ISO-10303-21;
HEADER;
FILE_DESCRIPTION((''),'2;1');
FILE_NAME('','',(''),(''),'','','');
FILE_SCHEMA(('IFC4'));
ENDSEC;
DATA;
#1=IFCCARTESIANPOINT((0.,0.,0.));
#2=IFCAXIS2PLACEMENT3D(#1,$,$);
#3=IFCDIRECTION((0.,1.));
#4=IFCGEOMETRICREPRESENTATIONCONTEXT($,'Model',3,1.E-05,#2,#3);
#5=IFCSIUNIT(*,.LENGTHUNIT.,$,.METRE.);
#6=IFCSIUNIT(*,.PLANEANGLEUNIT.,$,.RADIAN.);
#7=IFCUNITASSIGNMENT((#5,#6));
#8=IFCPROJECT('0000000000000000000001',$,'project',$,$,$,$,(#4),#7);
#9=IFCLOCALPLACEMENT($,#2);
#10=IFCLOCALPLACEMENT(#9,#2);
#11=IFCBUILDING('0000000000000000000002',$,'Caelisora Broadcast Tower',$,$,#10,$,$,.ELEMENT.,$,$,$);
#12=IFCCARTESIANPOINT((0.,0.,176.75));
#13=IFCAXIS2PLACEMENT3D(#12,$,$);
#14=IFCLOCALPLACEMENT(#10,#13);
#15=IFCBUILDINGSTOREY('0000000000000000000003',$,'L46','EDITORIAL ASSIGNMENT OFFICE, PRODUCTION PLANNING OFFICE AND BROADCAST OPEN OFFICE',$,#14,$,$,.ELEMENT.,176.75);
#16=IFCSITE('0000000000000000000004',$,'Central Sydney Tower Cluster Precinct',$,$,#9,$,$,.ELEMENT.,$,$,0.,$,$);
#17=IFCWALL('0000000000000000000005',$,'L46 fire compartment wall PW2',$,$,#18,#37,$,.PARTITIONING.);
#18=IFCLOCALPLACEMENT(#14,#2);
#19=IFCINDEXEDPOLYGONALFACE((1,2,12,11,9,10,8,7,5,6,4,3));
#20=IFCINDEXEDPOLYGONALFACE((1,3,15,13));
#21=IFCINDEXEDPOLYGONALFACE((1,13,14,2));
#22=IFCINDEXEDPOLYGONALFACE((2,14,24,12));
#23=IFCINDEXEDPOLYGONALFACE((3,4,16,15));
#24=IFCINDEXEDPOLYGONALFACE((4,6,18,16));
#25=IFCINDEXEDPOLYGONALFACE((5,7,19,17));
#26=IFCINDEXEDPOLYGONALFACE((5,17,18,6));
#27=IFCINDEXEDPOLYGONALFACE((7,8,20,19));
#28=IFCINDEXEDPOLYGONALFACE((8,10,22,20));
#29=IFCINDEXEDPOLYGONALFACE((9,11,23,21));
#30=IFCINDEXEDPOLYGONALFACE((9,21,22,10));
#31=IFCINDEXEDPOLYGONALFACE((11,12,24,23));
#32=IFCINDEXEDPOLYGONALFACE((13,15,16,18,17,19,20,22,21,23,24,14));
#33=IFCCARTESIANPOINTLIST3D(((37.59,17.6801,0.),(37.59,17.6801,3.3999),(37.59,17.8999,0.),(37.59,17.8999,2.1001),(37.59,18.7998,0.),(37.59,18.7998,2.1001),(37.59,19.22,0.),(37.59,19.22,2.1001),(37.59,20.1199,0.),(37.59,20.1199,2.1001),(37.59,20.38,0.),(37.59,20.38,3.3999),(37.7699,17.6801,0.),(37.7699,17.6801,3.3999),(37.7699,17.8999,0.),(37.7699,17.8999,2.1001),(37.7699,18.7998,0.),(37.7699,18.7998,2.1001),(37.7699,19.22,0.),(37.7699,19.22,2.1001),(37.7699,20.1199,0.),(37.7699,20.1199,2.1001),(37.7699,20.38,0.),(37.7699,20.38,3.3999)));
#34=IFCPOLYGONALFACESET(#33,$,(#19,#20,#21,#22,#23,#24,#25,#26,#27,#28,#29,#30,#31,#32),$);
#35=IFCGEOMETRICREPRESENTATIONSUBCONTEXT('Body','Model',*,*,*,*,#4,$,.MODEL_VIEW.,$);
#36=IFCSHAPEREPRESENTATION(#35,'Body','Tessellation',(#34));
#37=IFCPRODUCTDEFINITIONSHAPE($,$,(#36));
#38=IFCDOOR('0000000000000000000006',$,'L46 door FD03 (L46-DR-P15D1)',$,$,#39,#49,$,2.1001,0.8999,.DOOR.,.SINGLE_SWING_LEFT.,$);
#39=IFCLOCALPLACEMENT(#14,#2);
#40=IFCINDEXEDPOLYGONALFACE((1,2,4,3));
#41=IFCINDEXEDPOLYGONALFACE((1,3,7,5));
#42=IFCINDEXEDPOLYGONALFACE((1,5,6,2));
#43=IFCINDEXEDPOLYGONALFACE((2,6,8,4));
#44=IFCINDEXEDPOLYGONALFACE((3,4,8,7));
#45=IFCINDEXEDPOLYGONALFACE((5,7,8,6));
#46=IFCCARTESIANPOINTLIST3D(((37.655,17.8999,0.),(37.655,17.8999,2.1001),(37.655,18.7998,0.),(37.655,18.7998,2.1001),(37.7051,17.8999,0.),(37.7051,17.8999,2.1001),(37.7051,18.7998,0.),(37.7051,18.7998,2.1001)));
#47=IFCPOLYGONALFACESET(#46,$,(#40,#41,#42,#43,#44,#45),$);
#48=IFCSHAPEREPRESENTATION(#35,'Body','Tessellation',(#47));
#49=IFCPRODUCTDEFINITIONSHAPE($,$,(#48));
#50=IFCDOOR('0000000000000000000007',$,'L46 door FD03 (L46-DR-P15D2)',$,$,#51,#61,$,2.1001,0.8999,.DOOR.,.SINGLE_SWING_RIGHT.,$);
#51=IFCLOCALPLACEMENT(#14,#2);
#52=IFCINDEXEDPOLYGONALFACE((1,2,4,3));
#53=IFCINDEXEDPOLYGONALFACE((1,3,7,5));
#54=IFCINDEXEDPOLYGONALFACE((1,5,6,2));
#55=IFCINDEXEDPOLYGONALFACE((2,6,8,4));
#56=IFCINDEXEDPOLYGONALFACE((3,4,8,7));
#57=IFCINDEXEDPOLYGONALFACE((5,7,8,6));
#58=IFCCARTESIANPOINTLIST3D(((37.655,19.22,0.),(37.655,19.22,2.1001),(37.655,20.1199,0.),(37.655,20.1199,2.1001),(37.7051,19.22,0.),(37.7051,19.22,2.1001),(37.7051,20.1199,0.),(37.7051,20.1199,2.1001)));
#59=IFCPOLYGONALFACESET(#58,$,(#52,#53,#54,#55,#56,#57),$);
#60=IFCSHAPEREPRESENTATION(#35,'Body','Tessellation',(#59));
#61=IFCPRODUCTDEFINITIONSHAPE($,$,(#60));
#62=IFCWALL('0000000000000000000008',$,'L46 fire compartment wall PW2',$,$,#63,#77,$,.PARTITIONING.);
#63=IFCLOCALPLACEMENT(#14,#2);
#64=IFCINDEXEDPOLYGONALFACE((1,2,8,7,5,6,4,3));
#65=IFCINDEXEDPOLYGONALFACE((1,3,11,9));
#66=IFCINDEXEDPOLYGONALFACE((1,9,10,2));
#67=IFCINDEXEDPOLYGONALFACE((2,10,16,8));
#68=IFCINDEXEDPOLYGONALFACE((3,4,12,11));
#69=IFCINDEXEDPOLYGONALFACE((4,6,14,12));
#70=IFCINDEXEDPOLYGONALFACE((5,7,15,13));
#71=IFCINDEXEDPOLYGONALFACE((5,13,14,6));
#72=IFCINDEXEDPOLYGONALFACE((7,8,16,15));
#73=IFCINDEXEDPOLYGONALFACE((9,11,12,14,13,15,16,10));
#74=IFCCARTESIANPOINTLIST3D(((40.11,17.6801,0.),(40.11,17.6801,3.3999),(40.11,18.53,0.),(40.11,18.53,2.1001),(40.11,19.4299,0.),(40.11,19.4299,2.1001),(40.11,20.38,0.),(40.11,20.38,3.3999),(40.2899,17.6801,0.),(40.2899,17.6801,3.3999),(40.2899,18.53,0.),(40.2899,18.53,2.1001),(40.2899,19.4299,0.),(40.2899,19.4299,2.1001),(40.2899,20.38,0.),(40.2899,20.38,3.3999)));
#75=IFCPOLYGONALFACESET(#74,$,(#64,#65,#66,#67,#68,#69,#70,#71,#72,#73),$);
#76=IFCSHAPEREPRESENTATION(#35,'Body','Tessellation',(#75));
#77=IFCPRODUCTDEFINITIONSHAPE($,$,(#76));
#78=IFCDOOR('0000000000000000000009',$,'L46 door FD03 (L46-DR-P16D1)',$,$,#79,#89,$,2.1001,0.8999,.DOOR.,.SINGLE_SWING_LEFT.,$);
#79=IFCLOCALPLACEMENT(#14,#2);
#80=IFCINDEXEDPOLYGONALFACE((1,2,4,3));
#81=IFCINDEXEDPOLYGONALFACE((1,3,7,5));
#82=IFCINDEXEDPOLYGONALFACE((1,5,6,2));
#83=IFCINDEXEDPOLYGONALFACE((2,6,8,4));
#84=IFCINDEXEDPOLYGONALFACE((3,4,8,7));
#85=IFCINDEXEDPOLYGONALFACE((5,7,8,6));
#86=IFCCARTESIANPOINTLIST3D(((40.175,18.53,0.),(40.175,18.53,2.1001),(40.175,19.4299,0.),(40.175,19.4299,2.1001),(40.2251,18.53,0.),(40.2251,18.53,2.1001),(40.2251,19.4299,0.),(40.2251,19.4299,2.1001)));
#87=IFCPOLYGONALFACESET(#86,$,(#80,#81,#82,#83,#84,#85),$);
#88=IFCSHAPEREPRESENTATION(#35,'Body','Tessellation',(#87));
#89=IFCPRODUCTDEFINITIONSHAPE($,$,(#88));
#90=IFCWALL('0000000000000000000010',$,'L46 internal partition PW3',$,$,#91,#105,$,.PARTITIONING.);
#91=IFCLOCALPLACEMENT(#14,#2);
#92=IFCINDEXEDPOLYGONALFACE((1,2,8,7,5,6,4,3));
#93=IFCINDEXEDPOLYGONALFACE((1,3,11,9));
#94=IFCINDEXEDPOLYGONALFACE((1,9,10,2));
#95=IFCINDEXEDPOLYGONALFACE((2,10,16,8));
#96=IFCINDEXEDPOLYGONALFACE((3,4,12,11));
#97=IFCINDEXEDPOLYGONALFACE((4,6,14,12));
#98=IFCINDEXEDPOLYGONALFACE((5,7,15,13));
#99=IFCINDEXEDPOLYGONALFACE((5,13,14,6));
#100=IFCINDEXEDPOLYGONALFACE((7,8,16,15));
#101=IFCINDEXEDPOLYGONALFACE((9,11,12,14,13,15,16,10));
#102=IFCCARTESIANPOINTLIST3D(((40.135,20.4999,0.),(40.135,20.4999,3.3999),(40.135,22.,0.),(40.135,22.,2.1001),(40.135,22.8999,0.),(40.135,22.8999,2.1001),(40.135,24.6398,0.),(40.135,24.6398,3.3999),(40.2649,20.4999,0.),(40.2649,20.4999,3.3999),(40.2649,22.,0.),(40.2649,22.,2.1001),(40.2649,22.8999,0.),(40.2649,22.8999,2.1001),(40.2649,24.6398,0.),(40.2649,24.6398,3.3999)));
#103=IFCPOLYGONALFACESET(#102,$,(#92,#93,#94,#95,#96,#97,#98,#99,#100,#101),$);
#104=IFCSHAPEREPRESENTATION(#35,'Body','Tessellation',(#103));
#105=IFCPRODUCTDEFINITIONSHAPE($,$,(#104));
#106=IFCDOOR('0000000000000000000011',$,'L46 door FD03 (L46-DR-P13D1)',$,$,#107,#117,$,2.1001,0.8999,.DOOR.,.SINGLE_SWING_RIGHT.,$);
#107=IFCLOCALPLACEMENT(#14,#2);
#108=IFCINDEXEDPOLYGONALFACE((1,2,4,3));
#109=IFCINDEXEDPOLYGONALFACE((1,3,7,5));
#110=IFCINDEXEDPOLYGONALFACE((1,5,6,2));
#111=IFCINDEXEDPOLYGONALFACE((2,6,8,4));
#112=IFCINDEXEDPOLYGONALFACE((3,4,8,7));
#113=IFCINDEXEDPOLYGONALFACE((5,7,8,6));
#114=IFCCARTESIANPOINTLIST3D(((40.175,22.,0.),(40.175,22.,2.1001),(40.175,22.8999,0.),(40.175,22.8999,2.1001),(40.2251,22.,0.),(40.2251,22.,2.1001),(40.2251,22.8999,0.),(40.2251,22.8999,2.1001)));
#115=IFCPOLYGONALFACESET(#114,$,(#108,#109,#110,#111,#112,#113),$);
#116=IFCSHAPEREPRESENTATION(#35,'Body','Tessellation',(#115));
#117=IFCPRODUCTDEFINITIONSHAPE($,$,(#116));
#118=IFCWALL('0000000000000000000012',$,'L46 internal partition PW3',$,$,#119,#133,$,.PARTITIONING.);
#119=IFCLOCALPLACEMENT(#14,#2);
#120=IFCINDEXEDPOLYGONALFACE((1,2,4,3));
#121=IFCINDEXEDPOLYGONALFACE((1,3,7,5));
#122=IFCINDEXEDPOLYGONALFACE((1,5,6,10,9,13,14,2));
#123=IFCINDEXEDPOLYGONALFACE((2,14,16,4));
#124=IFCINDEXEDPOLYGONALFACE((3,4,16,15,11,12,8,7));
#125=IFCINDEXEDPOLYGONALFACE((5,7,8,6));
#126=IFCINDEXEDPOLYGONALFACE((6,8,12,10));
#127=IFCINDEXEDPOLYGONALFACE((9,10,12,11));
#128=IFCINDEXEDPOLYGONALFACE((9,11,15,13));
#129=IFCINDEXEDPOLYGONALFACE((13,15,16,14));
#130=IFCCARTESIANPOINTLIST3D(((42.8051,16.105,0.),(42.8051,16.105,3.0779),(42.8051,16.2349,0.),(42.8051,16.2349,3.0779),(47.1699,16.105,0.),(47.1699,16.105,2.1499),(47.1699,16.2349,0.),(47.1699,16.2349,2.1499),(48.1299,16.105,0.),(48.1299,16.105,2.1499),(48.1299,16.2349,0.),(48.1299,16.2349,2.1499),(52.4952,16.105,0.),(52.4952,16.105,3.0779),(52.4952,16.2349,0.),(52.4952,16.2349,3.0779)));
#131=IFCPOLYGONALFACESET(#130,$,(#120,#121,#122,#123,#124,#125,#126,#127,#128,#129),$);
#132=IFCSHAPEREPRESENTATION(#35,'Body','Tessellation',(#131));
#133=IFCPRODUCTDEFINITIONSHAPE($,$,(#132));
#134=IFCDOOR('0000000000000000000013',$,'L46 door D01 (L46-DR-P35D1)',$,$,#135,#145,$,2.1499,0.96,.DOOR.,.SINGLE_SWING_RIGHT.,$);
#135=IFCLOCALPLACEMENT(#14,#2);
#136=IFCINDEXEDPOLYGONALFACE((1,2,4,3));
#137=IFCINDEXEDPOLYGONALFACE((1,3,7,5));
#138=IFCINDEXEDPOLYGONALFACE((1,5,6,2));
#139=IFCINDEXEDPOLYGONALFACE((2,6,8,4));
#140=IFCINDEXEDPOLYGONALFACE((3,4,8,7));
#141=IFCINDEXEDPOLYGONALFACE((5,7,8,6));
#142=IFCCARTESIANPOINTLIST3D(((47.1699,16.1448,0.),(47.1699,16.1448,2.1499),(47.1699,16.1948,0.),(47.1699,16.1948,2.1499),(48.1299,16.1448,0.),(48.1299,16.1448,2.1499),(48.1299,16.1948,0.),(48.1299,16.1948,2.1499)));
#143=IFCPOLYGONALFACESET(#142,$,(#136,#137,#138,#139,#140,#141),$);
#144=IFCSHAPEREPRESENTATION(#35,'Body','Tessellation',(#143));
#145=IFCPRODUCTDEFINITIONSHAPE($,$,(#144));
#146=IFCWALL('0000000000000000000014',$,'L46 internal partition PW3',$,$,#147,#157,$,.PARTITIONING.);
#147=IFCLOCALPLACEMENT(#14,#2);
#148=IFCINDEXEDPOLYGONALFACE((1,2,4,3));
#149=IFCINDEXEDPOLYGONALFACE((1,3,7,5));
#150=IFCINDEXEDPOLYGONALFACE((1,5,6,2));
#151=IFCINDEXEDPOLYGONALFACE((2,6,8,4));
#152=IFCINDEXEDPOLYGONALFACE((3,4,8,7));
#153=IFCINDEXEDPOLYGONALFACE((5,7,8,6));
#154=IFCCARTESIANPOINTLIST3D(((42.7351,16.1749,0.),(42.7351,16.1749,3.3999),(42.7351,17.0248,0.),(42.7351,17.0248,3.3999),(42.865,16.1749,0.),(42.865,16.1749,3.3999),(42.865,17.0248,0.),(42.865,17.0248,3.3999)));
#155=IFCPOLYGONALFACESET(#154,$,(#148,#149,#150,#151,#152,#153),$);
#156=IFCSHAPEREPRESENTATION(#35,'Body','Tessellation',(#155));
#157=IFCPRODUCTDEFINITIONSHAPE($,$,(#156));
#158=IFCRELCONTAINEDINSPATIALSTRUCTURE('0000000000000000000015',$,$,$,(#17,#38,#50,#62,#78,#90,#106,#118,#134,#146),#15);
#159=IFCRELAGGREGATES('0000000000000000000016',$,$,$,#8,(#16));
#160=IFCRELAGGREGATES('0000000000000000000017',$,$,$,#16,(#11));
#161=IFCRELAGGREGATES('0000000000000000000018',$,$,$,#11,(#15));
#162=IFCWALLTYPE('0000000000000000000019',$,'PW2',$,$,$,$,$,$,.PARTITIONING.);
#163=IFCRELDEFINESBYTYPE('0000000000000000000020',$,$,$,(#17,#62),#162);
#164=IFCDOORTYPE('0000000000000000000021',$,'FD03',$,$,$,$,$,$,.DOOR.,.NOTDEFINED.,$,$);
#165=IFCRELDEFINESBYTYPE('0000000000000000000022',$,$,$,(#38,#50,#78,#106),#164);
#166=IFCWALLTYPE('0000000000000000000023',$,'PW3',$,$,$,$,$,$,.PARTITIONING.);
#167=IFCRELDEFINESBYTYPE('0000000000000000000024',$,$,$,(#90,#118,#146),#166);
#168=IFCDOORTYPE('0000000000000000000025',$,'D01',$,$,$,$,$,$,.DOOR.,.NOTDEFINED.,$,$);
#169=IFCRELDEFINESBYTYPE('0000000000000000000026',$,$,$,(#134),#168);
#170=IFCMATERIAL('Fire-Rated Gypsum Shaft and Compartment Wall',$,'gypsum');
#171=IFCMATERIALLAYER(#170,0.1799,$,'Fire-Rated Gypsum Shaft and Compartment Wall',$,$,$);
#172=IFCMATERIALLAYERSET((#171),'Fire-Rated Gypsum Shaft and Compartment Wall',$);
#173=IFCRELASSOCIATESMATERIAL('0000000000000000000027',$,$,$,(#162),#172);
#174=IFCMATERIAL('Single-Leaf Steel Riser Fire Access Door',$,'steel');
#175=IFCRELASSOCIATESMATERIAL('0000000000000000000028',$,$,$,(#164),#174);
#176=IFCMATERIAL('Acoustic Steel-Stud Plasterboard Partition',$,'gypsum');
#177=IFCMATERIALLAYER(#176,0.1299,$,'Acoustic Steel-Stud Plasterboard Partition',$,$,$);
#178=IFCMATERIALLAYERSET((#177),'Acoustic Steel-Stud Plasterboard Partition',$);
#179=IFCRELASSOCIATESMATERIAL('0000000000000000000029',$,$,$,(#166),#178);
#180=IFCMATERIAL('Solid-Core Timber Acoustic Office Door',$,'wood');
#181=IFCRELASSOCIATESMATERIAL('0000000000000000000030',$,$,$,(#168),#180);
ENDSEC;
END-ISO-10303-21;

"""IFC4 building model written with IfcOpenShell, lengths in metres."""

from ifc_helpers import new_model, si_unit, direction, frame, frame_2d, origin, place, context, subcontext, project, spatial, rectangle, extrude, material, layer, layer_set, type_object, element, fill, save


model = new_model("IFC4")

# Units and contexts
model_context = context("Model", 3, precision=1e-05, world=origin(), true_north=direction((0.0, 1.0)))
body_context = subcontext(model_context, "Body", "Model", "MODEL_VIEW")
ifc_project = project(units=[si_unit("LENGTHUNIT", "METRE"), si_unit("PLANEANGLEUNIT", "RADIAN")], contexts=[model_context])

# Site, building, storey
site_placement = place(None, origin())
site = spatial("IfcSite", under=ifc_project, at=site_placement, Name="Central Sydney Tower Cluster Precinct", CompositionType="ELEMENT", RefElevation=0.0)
building_placement = place(site_placement, origin())
building = spatial("IfcBuilding", under=site, at=building_placement, Name="Caelisora Broadcast Tower", CompositionType="ELEMENT")
storey_placement = place(building_placement, frame((0.0, 0.0, 176.75)))
storey = spatial("IfcBuildingStorey", under=building, at=storey_placement, Name="L46", Description="EDITORIAL ASSIGNMENT OFFICE, PRODUCTION PLANNING OFFICE AND BROADCAST OPEN OFFICE", CompositionType="ELEMENT", Elevation=176.75)

# Shared definitions
ifc_material_1 = material(Name="Fire-Rated Gypsum Shaft and Compartment Wall", Category="gypsum")
ifc_layer_1 = layer(ifc_material_1, 0.1799, Name="Fire-Rated Gypsum Shaft and Compartment Wall")
ifc_layer_set_1 = layer_set([ifc_layer_1], Name="Fire-Rated Gypsum Shaft and Compartment Wall")
wall_type_1 = type_object("IfcWallType", Name="PW2", PredefinedType="PARTITIONING", material=ifc_layer_set_1)

# Wall, openings, doors
wall_1_placement = place(storey_placement, frame((37.6799, 17.6799, 0.0), z_axis=(0.0, 0.0, 1.0), x_axis=(0.0, 1.0, 0.0)))
wall_1 = element("IfcWall", 1, at=wall_1_placement, inside=storey, type_object=wall_type_1, Name="L46 fire compartment wall PW2", PredefinedType="PARTITIONING", context=body_context, shape_type="SweptSolid", body=[
    extrude(rectangle(XDim=2.7, YDim=0.1799, at=frame_2d((1.3501, 0.0))), origin(), (0.0, 0.0, 1.0), 3.3999),
])
opening_1_placement = place(wall_1_placement, frame((0.22, 0.0, 0.0)))
opening_1 = element("IfcOpeningElement", 2, at=opening_1_placement, cuts=wall_1, PredefinedType="OPENING", context=body_context, shape_type="SweptSolid", body=[
    extrude(rectangle(XDim=0.8999, YDim=2.1001, at=frame_2d((0.45, 1.05))), frame((0.0, 0.1021, 0.0), z_axis=(0.0, -1.0, 0.0), x_axis=(1.0, 0.0, 0.0)), (0.0, 0.0, 1.0), 0.2039),
])
opening_2_placement = place(wall_1_placement, frame((1.54, 0.0, 0.0)))
opening_2 = element("IfcOpeningElement", 3, at=opening_2_placement, cuts=wall_1, PredefinedType="OPENING", context=body_context, shape_type="SweptSolid", body=[
    extrude(rectangle(XDim=0.8999, YDim=2.1001, at=frame_2d((0.45, 1.05))), frame((0.0, 0.1021, 0.0), z_axis=(0.0, -1.0, 0.0), x_axis=(1.0, 0.0, 0.0)), (0.0, 0.0, 1.0), 0.2039),
])
ifc_material_2 = material(Name="Single-Leaf Steel Riser Fire Access Door", Category="steel")
door_type_1 = type_object("IfcDoorType", Name="FD03", OperationType="NOTDEFINED", PredefinedType="DOOR", material=ifc_material_2)
door_1_placement = place(opening_1_placement, origin())
door_1 = element("IfcDoor", 4, at=door_1_placement, inside=storey, type_object=door_type_1, Name="L46 door FD03 (L46-DR-P15D1)", OperationType="SINGLE_SWING_LEFT", OverallHeight=2.1001, OverallWidth=0.8999, PredefinedType="DOOR", context=body_context, shape_type="SweptSolid", body=[
    extrude(rectangle(XDim=0.8999, YDim=2.1001, at=frame_2d((0.45, 1.05))), frame((0.0, 0.0249, 0.0), z_axis=(0.0, -1.0, 0.0), x_axis=(1.0, 0.0, 0.0)), (0.0, 0.0, 1.0), 0.05),
])
fill(opening_1, door_1)
door_2_placement = place(opening_2_placement, origin())
door_2 = element("IfcDoor", 5, at=door_2_placement, inside=storey, type_object=door_type_1, Name="L46 door FD03 (L46-DR-P15D2)", OperationType="SINGLE_SWING_RIGHT", OverallHeight=2.1001, OverallWidth=0.8999, PredefinedType="DOOR", context=body_context, shape_type="SweptSolid", body=[
    extrude(rectangle(XDim=0.8999, YDim=2.1001, at=frame_2d((0.45, 1.05))), frame((0.0, 0.0249, 0.0), z_axis=(0.0, -1.0, 0.0), x_axis=(1.0, 0.0, 0.0)), (0.0, 0.0, 1.0), 0.05),
])
fill(opening_2, door_2)

# Walls, openings, doors
wall_2_placement = place(storey_placement, frame((40.2, 17.6799, 0.0), z_axis=(0.0, 0.0, 1.0), x_axis=(0.0, 1.0, 0.0)))
wall_2 = element("IfcWall", 6, at=wall_2_placement, inside=storey, type_object=wall_type_1, Name="L46 fire compartment wall PW2", PredefinedType="PARTITIONING", context=body_context, shape_type="SweptSolid", body=[
    extrude(rectangle(XDim=2.7, YDim=0.1799, at=frame_2d((1.3501, 0.0))), origin(), (0.0, 0.0, 1.0), 3.3999),
])
opening_3_placement = place(wall_2_placement, frame((0.8501, 0.0, 0.0)))
opening_3 = element("IfcOpeningElement", 7, at=opening_3_placement, cuts=wall_2, PredefinedType="OPENING", context=body_context, shape_type="SweptSolid", body=[
    extrude(rectangle(XDim=0.8999, YDim=2.1001, at=frame_2d((0.45, 1.05))), frame((0.0, 0.1021, 0.0), z_axis=(0.0, -1.0, 0.0), x_axis=(1.0, 0.0, 0.0)), (0.0, 0.0, 1.0), 0.2039),
])
door_3_placement = place(opening_3_placement, origin())
door_3 = element("IfcDoor", 8, at=door_3_placement, inside=storey, type_object=door_type_1, Name="L46 door FD03 (L46-DR-P16D1)", OperationType="SINGLE_SWING_LEFT", OverallHeight=2.1001, OverallWidth=0.8999, PredefinedType="DOOR", context=body_context, shape_type="SweptSolid", body=[
    extrude(rectangle(XDim=0.8999, YDim=2.1001, at=frame_2d((0.45, 1.05))), frame((0.0, 0.0249, 0.0), z_axis=(0.0, -1.0, 0.0), x_axis=(1.0, 0.0, 0.0)), (0.0, 0.0, 1.0), 0.05),
])
fill(opening_3, door_3)
ifc_material_3 = material(Name="Acoustic Steel-Stud Plasterboard Partition", Category="gypsum")
ifc_layer_2 = layer(ifc_material_3, 0.1299, Name="Acoustic Steel-Stud Plasterboard Partition")
ifc_layer_set_2 = layer_set([ifc_layer_2], Name="Acoustic Steel-Stud Plasterboard Partition")
wall_type_2 = type_object("IfcWallType", Name="PW3", PredefinedType="PARTITIONING", material=ifc_layer_set_2)
wall_3_placement = place(storey_placement, frame((40.2, 20.5, 0.0), z_axis=(0.0, 0.0, 1.0), x_axis=(0.0, 1.0, 0.0)))
wall_3 = element("IfcWall", 9, at=wall_3_placement, inside=storey, type_object=wall_type_2, Name="L46 internal partition PW3", PredefinedType="PARTITIONING", context=body_context, shape_type="SweptSolid", body=[
    extrude(rectangle(XDim=4.1399, YDim=0.1299, at=frame_2d((2.0698, 0.0))), origin(), (0.0, 0.0, 1.0), 3.3999),
])
opening_4_placement = place(wall_3_placement, frame((1.5, 0.0, 0.0)))
opening_4 = element("IfcOpeningElement", 10, at=opening_4_placement, cuts=wall_3, PredefinedType="OPENING", context=body_context, shape_type="SweptSolid", body=[
    extrude(rectangle(XDim=0.8999, YDim=2.1001, at=frame_2d((0.45, 1.05))), frame((0.0, 0.0769, 0.0), z_axis=(0.0, -1.0, 0.0), x_axis=(1.0, 0.0, 0.0)), (0.0, 0.0, 1.0), 0.1538),
])
door_4_placement = place(opening_4_placement, origin())
door_4 = element("IfcDoor", 11, at=door_4_placement, inside=storey, type_object=door_type_1, Name="L46 door FD03 (L46-DR-P13D1)", OperationType="SINGLE_SWING_RIGHT", OverallHeight=2.1001, OverallWidth=0.8999, PredefinedType="DOOR", context=body_context, shape_type="SweptSolid", body=[
    extrude(rectangle(XDim=0.8999, YDim=2.1001, at=frame_2d((0.45, 1.05))), frame((0.0, 0.0249, 0.0), z_axis=(0.0, -1.0, 0.0), x_axis=(1.0, 0.0, 0.0)), (0.0, 0.0, 1.0), 0.05),
])
fill(opening_4, door_4)
wall_4_placement = place(storey_placement, frame((42.8049, 16.1699, 0.0), z_axis=(0.0, 0.0, 1.0), x_axis=(1.0, 0.0, 0.0)))
wall_4 = element("IfcWall", 12, at=wall_4_placement, inside=storey, type_object=wall_type_2, Name="L46 internal partition PW3", PredefinedType="PARTITIONING", context=body_context, shape_type="SweptSolid", body=[
    extrude(rectangle(XDim=9.6902, YDim=0.1299, at=frame_2d((4.8452, 0.0))), origin(), (0.0, 0.0, 1.0), 3.0779),
])
opening_5_placement = place(wall_4_placement, frame((4.365, 0.0, 0.0)))
opening_5 = element("IfcOpeningElement", 13, at=opening_5_placement, cuts=wall_4, PredefinedType="OPENING", context=body_context, shape_type="SweptSolid", body=[
    extrude(rectangle(XDim=0.96, YDim=2.1499, at=frame_2d((0.48, 1.075))), frame((0.0, 0.0769, 0.0), z_axis=(0.0, -1.0, 0.0), x_axis=(1.0, 0.0, 0.0)), (0.0, 0.0, 1.0), 0.1538),
])
ifc_material_4 = material(Name="Solid-Core Timber Acoustic Office Door", Category="wood")
door_type_2 = type_object("IfcDoorType", Name="D01", OperationType="NOTDEFINED", PredefinedType="DOOR", material=ifc_material_4)
door_5_placement = place(opening_5_placement, origin())
door_5 = element("IfcDoor", 14, at=door_5_placement, inside=storey, type_object=door_type_2, Name="L46 door D01 (L46-DR-P35D1)", OperationType="SINGLE_SWING_RIGHT", OverallHeight=2.1499, OverallWidth=0.96, PredefinedType="DOOR", context=body_context, shape_type="SweptSolid", body=[
    extrude(rectangle(XDim=0.96, YDim=2.1499, at=frame_2d((0.48, 1.075))), frame((0.0, 0.0249, 0.0), z_axis=(0.0, -1.0, 0.0), x_axis=(1.0, 0.0, 0.0)), (0.0, 0.0, 1.0), 0.05),
])
fill(opening_5, door_5)

# Wall
wall_5_placement = place(storey_placement, frame((42.8, 16.175, 0.0), z_axis=(0.0, 0.0, 1.0), x_axis=(0.0, 1.0, 0.0)))
element("IfcWall", 15, at=wall_5_placement, inside=storey, type_object=wall_type_2, Name="L46 internal partition PW3", PredefinedType="PARTITIONING", context=body_context, shape_type="SweptSolid", body=[
    extrude(rectangle(XDim=0.8499, YDim=0.1299, at=frame_2d((0.4248, 0.0))), origin(), (0.0, 0.0, 1.0), 3.3999),
])

save(model, "model.ifc")
